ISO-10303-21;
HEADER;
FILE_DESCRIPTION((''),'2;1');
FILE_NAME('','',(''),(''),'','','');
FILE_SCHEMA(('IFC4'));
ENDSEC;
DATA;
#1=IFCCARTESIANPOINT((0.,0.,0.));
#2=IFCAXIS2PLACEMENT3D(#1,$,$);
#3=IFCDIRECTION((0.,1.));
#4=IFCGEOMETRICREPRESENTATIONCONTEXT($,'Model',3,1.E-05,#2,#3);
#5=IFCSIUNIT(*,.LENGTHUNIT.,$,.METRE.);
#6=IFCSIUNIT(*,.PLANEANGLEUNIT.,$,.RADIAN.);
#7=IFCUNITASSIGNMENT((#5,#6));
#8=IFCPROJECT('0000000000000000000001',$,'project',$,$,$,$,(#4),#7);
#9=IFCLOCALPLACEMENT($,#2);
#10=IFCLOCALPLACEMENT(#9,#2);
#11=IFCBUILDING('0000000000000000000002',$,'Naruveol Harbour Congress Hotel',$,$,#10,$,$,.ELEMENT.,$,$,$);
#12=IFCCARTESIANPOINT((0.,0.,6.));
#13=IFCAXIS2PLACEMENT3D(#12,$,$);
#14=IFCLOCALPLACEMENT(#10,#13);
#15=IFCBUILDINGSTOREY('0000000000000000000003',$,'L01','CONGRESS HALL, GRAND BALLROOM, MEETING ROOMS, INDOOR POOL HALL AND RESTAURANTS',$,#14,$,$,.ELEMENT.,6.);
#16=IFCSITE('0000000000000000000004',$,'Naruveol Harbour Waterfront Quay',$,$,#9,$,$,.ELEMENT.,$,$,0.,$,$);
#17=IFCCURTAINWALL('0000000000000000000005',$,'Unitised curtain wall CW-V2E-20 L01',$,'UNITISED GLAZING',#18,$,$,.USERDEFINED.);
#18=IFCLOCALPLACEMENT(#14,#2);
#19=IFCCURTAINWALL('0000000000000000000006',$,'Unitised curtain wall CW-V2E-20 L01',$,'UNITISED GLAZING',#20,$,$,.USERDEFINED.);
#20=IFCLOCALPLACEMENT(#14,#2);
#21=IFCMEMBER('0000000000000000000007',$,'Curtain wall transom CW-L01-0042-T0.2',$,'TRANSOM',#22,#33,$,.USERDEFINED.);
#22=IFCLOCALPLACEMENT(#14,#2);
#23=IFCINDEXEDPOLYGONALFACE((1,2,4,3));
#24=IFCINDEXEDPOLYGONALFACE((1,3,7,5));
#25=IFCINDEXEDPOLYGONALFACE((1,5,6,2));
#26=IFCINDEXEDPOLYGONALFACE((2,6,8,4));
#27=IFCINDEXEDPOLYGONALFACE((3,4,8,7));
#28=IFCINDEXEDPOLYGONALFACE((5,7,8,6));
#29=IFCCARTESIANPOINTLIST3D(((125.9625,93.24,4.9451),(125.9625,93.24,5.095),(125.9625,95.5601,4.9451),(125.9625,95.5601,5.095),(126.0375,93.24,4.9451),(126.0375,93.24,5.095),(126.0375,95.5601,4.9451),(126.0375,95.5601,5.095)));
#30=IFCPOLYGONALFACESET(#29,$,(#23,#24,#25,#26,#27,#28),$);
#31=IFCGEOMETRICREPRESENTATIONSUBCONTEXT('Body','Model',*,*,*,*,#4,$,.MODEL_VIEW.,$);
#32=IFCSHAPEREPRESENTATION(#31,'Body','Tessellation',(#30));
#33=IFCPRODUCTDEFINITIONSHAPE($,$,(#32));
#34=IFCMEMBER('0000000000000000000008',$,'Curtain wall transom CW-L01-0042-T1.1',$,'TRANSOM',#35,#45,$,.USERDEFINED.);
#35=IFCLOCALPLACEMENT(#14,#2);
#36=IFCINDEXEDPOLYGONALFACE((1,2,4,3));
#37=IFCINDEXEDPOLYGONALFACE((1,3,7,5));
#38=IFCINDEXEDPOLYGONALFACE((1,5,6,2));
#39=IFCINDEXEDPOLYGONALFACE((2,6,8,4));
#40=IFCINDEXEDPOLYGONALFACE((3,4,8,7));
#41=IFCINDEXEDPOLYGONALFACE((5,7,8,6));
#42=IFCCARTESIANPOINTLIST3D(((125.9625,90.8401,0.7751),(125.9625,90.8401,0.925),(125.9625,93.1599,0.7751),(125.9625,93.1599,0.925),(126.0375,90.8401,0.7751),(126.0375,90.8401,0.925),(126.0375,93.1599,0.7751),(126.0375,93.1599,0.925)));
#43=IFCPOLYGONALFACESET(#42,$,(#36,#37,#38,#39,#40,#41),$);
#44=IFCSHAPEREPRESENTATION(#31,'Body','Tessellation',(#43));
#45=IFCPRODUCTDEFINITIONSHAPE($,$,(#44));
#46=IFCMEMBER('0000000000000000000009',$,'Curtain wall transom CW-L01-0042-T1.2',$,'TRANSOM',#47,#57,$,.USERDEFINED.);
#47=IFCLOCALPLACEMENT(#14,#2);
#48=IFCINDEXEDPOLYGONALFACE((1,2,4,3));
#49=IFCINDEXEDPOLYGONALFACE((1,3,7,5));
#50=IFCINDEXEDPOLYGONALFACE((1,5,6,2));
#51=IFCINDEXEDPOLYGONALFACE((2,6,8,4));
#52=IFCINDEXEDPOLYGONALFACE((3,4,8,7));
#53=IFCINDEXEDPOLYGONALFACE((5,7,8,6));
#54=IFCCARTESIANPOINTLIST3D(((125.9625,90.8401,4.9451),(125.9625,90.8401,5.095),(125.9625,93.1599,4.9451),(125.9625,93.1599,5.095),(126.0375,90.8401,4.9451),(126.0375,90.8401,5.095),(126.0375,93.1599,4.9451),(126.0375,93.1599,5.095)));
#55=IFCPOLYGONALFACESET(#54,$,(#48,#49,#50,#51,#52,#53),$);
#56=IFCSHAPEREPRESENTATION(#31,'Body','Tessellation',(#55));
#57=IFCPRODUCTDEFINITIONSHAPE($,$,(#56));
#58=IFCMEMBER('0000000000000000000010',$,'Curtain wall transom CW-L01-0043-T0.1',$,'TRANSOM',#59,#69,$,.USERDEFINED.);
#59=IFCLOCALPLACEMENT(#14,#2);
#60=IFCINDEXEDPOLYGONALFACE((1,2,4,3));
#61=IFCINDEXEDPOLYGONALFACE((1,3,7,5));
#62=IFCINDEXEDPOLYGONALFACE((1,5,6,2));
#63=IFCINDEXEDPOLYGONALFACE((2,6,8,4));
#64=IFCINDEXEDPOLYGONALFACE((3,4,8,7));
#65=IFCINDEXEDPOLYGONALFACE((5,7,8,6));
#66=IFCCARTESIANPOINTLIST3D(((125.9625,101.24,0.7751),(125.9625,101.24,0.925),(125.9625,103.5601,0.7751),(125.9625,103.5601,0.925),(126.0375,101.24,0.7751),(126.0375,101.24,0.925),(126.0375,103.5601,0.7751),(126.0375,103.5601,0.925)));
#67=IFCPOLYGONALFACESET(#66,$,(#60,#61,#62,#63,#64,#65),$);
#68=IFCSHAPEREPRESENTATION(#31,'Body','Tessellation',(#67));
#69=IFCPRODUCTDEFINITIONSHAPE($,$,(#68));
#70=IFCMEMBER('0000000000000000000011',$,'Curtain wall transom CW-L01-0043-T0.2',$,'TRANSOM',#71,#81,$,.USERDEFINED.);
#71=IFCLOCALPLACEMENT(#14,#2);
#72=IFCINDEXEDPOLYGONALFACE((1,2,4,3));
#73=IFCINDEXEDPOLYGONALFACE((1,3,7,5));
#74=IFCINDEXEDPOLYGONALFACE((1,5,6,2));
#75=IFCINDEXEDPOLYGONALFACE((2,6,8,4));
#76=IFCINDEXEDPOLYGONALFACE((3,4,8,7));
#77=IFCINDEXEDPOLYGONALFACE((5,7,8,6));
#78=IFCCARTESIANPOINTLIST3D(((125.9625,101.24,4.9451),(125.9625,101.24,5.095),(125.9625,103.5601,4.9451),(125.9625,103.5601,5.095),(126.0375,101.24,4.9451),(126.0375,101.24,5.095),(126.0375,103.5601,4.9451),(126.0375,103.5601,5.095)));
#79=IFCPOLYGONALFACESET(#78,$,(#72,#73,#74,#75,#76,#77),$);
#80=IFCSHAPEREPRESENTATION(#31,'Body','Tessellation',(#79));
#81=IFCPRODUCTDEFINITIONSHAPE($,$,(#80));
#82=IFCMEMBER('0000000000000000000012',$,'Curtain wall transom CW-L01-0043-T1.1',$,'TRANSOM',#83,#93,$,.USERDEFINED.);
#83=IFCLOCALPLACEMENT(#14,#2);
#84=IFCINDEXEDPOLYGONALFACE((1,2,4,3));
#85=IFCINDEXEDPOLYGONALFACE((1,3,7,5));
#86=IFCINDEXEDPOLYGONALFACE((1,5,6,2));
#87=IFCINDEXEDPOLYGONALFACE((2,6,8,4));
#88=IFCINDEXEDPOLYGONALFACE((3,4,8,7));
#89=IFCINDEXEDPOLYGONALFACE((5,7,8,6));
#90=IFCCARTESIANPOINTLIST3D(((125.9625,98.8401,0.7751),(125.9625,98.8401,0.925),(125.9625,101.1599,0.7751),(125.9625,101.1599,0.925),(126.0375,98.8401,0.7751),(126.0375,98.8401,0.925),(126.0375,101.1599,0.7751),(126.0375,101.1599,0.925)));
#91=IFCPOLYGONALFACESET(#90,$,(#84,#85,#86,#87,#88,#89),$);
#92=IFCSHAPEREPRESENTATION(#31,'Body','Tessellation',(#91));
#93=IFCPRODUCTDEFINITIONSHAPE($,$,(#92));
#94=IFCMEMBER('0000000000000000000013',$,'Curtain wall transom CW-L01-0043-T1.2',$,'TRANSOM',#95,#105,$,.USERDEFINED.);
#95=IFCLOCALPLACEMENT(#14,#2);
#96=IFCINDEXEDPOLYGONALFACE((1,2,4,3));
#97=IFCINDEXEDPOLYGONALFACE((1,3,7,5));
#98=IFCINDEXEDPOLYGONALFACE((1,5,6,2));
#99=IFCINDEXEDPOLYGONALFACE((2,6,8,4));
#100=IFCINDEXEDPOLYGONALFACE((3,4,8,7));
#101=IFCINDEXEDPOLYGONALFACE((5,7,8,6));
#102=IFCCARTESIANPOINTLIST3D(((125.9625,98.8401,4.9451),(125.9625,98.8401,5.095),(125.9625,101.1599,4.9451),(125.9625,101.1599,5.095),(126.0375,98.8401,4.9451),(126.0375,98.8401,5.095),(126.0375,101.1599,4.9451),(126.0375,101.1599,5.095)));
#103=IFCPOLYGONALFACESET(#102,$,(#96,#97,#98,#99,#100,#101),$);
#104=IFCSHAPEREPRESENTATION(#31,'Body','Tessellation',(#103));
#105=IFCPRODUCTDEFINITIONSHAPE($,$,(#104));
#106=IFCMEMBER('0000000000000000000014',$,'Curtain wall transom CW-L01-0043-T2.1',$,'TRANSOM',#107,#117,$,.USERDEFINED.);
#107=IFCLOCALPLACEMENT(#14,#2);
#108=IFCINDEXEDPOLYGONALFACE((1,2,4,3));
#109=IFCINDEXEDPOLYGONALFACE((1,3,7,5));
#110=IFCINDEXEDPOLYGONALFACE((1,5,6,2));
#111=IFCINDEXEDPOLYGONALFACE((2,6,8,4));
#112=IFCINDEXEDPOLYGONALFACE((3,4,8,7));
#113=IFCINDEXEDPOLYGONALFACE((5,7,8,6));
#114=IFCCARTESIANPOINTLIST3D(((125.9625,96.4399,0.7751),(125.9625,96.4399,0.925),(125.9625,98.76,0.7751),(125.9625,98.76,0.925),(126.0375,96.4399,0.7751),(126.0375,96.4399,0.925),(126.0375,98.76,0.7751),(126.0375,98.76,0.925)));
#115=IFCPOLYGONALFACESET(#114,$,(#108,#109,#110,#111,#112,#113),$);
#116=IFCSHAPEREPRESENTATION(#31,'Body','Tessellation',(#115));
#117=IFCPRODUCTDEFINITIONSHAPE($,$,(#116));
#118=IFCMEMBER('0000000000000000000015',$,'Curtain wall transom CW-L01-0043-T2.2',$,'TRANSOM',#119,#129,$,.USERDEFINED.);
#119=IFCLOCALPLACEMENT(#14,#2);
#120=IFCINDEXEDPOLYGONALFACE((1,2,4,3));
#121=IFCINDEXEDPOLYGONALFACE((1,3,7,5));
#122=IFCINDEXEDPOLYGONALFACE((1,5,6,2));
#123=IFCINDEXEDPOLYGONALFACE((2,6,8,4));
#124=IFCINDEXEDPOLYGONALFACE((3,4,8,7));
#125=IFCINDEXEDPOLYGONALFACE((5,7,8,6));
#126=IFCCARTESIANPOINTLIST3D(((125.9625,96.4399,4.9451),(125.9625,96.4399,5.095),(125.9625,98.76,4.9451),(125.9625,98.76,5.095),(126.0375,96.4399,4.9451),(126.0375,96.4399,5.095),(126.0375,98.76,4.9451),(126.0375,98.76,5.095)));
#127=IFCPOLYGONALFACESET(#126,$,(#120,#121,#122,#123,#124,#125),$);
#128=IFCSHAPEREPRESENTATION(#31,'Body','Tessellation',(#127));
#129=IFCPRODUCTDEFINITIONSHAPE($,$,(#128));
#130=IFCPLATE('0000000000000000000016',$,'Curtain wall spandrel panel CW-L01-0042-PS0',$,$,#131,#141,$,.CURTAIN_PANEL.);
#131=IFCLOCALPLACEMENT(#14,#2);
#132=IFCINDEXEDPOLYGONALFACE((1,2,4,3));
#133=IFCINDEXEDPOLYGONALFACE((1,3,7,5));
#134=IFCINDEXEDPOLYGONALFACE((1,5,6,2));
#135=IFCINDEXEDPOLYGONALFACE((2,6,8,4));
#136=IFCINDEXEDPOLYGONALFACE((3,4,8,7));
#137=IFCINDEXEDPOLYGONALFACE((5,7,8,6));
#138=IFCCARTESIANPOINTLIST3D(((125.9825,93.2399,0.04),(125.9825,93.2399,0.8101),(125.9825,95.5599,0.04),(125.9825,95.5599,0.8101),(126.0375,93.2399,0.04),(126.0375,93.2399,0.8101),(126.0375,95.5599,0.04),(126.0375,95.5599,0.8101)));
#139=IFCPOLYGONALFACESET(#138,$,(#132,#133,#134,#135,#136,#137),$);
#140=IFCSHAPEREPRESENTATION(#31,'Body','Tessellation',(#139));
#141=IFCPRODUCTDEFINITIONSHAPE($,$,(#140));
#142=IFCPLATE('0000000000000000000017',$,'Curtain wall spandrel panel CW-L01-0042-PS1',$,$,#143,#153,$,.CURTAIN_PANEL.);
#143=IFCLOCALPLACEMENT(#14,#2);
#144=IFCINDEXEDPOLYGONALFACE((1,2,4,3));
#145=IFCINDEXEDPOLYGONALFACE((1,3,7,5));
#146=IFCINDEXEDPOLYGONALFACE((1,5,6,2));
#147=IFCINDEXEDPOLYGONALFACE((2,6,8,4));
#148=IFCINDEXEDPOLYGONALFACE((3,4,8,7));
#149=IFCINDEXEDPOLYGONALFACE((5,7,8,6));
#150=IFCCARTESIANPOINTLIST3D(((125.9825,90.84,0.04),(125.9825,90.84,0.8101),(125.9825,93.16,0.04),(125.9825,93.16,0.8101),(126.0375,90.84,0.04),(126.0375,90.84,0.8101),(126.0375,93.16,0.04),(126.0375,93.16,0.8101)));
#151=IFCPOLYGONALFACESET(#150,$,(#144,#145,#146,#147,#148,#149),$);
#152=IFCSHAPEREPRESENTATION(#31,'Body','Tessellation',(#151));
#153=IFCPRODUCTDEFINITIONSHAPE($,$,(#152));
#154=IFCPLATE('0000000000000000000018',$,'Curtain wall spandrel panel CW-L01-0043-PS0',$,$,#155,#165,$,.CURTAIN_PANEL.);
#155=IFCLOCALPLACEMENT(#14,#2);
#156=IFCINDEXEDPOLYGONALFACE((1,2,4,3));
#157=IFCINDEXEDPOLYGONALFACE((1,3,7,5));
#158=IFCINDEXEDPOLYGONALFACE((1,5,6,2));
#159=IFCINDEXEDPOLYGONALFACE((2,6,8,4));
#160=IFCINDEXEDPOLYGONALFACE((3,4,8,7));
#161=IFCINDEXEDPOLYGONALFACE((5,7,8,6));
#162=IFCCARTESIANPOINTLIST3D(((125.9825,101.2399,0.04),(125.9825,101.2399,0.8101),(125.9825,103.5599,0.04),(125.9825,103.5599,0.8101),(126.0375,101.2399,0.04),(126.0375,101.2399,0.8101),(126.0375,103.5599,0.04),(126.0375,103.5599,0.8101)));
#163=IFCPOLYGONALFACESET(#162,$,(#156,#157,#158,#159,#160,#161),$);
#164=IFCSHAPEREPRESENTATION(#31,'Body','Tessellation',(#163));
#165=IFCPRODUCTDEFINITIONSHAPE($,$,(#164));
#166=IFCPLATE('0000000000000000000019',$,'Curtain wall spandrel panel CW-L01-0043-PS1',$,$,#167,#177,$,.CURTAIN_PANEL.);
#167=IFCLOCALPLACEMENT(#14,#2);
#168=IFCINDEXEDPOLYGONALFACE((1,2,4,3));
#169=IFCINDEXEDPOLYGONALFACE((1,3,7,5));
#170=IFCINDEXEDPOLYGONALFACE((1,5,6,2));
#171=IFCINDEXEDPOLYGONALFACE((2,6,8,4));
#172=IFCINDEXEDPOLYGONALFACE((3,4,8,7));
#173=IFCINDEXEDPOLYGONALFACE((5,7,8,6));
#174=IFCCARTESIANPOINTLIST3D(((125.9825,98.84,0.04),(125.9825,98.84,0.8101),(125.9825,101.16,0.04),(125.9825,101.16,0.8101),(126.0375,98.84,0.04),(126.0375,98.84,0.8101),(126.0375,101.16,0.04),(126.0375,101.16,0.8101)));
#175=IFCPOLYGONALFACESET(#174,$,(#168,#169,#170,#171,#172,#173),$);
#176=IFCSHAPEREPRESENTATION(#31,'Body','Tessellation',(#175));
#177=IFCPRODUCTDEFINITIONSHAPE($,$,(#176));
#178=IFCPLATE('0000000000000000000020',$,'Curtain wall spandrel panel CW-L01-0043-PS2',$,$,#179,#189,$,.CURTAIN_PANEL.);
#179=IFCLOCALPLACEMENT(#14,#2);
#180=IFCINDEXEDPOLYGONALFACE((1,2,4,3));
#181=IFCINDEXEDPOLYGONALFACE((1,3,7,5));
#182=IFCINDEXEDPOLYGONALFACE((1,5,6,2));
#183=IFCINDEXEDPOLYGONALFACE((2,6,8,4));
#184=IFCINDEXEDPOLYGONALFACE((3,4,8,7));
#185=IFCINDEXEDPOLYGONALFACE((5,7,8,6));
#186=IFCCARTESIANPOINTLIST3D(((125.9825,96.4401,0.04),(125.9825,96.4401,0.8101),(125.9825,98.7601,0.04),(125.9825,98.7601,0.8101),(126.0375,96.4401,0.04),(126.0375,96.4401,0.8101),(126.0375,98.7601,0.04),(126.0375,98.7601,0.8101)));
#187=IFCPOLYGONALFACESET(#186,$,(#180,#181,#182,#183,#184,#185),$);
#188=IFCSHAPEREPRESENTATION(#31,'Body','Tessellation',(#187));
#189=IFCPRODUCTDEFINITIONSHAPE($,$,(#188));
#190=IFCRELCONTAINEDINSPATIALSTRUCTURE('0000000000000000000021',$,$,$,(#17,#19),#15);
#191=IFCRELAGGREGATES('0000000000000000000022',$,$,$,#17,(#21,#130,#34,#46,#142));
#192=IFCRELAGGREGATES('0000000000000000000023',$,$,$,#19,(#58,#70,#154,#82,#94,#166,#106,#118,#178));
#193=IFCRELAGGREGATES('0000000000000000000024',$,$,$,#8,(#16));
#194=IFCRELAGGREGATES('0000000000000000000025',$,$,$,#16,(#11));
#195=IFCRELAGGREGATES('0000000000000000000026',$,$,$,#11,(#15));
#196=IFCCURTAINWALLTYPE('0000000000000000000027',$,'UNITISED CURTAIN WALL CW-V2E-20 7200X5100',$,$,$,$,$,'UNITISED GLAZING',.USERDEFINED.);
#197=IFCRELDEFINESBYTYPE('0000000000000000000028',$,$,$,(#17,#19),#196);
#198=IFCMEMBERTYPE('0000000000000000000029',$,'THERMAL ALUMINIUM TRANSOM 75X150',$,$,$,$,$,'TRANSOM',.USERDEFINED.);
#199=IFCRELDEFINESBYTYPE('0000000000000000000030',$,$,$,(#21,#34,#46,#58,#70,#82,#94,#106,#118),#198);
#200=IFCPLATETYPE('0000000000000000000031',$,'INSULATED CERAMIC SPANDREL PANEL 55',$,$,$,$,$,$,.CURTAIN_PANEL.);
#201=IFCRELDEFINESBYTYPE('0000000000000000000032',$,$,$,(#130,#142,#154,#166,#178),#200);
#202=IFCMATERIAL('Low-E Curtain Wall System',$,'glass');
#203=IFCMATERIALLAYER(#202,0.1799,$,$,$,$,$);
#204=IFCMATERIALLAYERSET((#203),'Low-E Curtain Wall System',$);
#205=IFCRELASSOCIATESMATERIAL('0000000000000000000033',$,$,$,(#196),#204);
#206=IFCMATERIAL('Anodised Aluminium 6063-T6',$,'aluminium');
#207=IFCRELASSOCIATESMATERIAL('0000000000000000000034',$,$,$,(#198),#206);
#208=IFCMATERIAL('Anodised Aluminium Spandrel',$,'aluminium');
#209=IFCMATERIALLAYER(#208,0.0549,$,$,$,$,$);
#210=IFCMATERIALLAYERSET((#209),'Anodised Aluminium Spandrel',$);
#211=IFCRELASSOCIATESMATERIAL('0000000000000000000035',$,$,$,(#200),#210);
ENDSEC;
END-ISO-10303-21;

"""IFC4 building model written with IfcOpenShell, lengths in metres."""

from ifc_helpers import new_model, si_unit, direction, frame, origin, origin_2d, place, context, subcontext, project, spatial, rectangle, extrude, material, layer, layer_set, material_profile, profile_set, type_object, element, aggregate, save


model = new_model("IFC4")

# Units and contexts
model_context = context("Model", 3, precision=1e-05, world=origin(), true_north=direction((0.0, 1.0)))
body_context = subcontext(model_context, "Body", "Model", "MODEL_VIEW")
ifc_project = project(units=[si_unit("LENGTHUNIT", "METRE"), si_unit("PLANEANGLEUNIT", "RADIAN")], contexts=[model_context])

# Site, building, storey
site_placement = place(None, origin())
site = spatial("IfcSite", under=ifc_project, at=site_placement, Name="Naruveol Harbour Waterfront Quay", CompositionType="ELEMENT", RefElevation=0.0)
building_placement = place(site_placement, origin())
building = spatial("IfcBuilding", under=site, at=building_placement, Name="Naruveol Harbour Congress Hotel", CompositionType="ELEMENT")
storey_placement = place(building_placement, frame((0.0, 0.0, 6.0)))
storey = spatial("IfcBuildingStorey", under=building, at=storey_placement, Name="L01", Description="CONGRESS HALL, GRAND BALLROOM, MEETING ROOMS, INDOOR POOL HALL AND RESTAURANTS", CompositionType="ELEMENT", Elevation=6.0)

# Curtain walls
ifc_material_1 = material(Name="Low-E Curtain Wall System", Category="glass")
ifc_layer_1 = layer(ifc_material_1, 0.1799)
ifc_layer_set_1 = layer_set([ifc_layer_1], Name="Low-E Curtain Wall System")
curtain_wall_type = type_object("IfcCurtainWallType", Name="UNITISED CURTAIN WALL CW-V2E-20 7200X5100", ElementType="UNITISED GLAZING", PredefinedType="USERDEFINED", material=ifc_layer_set_1)
curtain_wall_1_placement = place(storey_placement, origin())
curtain_wall_1 = element("IfcCurtainWall", 1, at=curtain_wall_1_placement, inside=storey, type_object=curtain_wall_type, Name="Unitised curtain wall CW-V2E-20 L01", ObjectType="UNITISED GLAZING", PredefinedType="USERDEFINED")
curtain_wall_2_placement = place(storey_placement, origin())
curtain_wall_2 = element("IfcCurtainWall", 2, at=curtain_wall_2_placement, inside=storey, type_object=curtain_wall_type, Name="Unitised curtain wall CW-V2E-20 L01", ObjectType="UNITISED GLAZING", PredefinedType="USERDEFINED")

# Members
ifc_material_2 = material(Name="Anodised Aluminium 6063-T6", Category="aluminium")
ifc_material_profile_1 = material_profile(ifc_material_2, rectangle(XDim=0.075, YDim=0.1499, at=origin_2d()), Name="ALU-75x150")
ifc_profile_set_1 = profile_set([ifc_material_profile_1], Name="Anodised Aluminium 6063-T6")
member_type_1 = type_object("IfcMemberType", Name="THERMAL ALUMINIUM TRANSOM 75X150", ElementType="TRANSOM", PredefinedType="USERDEFINED", material=ifc_profile_set_1)
member_1_placement = place(storey_placement, frame((126.0, 95.5601, 5.02), z_axis=(0.0, -1.0, 0.0), x_axis=(1.0, 0.0, 0.0)))
member_1 = element("IfcMember", 3, at=member_1_placement, type_object=member_type_1, Name="Curtain wall transom CW-L01-0042-T0.2", ObjectType="TRANSOM", PredefinedType="USERDEFINED", context=body_context, shape_type="SweptSolid", body=[
    extrude(rectangle(XDim=0.075, YDim=0.1499, at=origin_2d()), origin(), (0.0, 0.0, 1.0), 2.3201),
])
member_2_placement = place(storey_placement, frame((126.0, 93.1599, 0.8501), z_axis=(0.0, -1.0, 0.0), x_axis=(1.0, 0.0, 0.0)))
member_2 = element("IfcMember", 4, at=member_2_placement, type_object=member_type_1, Name="Curtain wall transom CW-L01-0042-T1.1", ObjectType="TRANSOM", PredefinedType="USERDEFINED", context=body_context, shape_type="SweptSolid", body=[
    extrude(rectangle(XDim=0.075, YDim=0.1499, at=origin_2d()), origin(), (0.0, 0.0, 1.0), 2.3198),
])
member_3_placement = place(storey_placement, frame((126.0, 93.1599, 5.02), z_axis=(0.0, -1.0, 0.0), x_axis=(1.0, 0.0, 0.0)))
member_3 = element("IfcMember", 5, at=member_3_placement, type_object=member_type_1, Name="Curtain wall transom CW-L01-0042-T1.2", ObjectType="TRANSOM", PredefinedType="USERDEFINED", context=body_context, shape_type="SweptSolid", body=[
    extrude(rectangle(XDim=0.075, YDim=0.1499, at=origin_2d()), origin(), (0.0, 0.0, 1.0), 2.3198),
])
member_4_placement = place(storey_placement, frame((126.0, 103.5601, 0.8501), z_axis=(0.0, -1.0, 0.0), x_axis=(1.0, 0.0, 0.0)))
member_4 = element("IfcMember", 6, at=member_4_placement, type_object=member_type_1, Name="Curtain wall transom CW-L01-0043-T0.1", ObjectType="TRANSOM", PredefinedType="USERDEFINED", context=body_context, shape_type="SweptSolid", body=[
    extrude(rectangle(XDim=0.075, YDim=0.1499, at=origin_2d()), origin(), (0.0, 0.0, 1.0), 2.3201),
])
member_5_placement = place(storey_placement, frame((126.0, 103.5601, 5.02), z_axis=(0.0, -1.0, 0.0), x_axis=(1.0, 0.0, 0.0)))
member_5 = element("IfcMember", 7, at=member_5_placement, type_object=member_type_1, Name="Curtain wall transom CW-L01-0043-T0.2", ObjectType="TRANSOM", PredefinedType="USERDEFINED", context=body_context, shape_type="SweptSolid", body=[
    extrude(rectangle(XDim=0.075, YDim=0.1499, at=origin_2d()), origin(), (0.0, 0.0, 1.0), 2.3201),
])
member_6_placement = place(storey_placement, frame((126.0, 101.1599, 0.8501), z_axis=(0.0, -1.0, 0.0), x_axis=(1.0, 0.0, 0.0)))
member_6 = element("IfcMember", 8, at=member_6_placement, type_object=member_type_1, Name="Curtain wall transom CW-L01-0043-T1.1", ObjectType="TRANSOM", PredefinedType="USERDEFINED", context=body_context, shape_type="SweptSolid", body=[
    extrude(rectangle(XDim=0.075, YDim=0.1499, at=origin_2d()), origin(), (0.0, 0.0, 1.0), 2.3198),
])
member_7_placement = place(storey_placement, frame((126.0, 101.1599, 5.02), z_axis=(0.0, -1.0, 0.0), x_axis=(1.0, 0.0, 0.0)))
member_7 = element("IfcMember", 9, at=member_7_placement, type_object=member_type_1, Name="Curtain wall transom CW-L01-0043-T1.2", ObjectType="TRANSOM", PredefinedType="USERDEFINED", context=body_context, shape_type="SweptSolid", body=[
    extrude(rectangle(XDim=0.075, YDim=0.1499, at=origin_2d()), origin(), (0.0, 0.0, 1.0), 2.3198),
])
member_8_placement = place(storey_placement, frame((126.0, 98.76, 0.8501), z_axis=(0.0, -1.0, 0.0), x_axis=(1.0, 0.0, 0.0)))
member_8 = element("IfcMember", 10, at=member_8_placement, type_object=member_type_1, Name="Curtain wall transom CW-L01-0043-T2.1", ObjectType="TRANSOM", PredefinedType="USERDEFINED", context=body_context, shape_type="SweptSolid", body=[
    extrude(rectangle(XDim=0.075, YDim=0.1499, at=origin_2d()), origin(), (0.0, 0.0, 1.0), 2.3201),
])
member_9_placement = place(storey_placement, frame((126.0, 98.76, 5.02), z_axis=(0.0, -1.0, 0.0), x_axis=(1.0, 0.0, 0.0)))
member_9 = element("IfcMember", 11, at=member_9_placement, type_object=member_type_1, Name="Curtain wall transom CW-L01-0043-T2.2", ObjectType="TRANSOM", PredefinedType="USERDEFINED", context=body_context, shape_type="SweptSolid", body=[
    extrude(rectangle(XDim=0.075, YDim=0.1499, at=origin_2d()), origin(), (0.0, 0.0, 1.0), 2.3201),
])

# Plates
ifc_material_3 = material(Name="Anodised Aluminium Spandrel", Category="aluminium")
ifc_layer_2 = layer(ifc_material_3, 0.0549)
ifc_layer_set_2 = layer_set([ifc_layer_2], Name="Anodised Aluminium Spandrel")
plate_type_1 = type_object("IfcPlateType", Name="INSULATED CERAMIC SPANDREL PANEL 55", PredefinedType="CURTAIN_PANEL", material=ifc_layer_set_2)
plate_1_placement = place(storey_placement, frame((126.01, 94.3999, 0.04), z_axis=(0.0, 0.0, 1.0), x_axis=(0.0, -1.0, 0.0)))
plate_1 = element("IfcPlate", 12, at=plate_1_placement, type_object=plate_type_1, Name="Curtain wall spandrel panel CW-L01-0042-PS0", PredefinedType="CURTAIN_PANEL", context=body_context, shape_type="SweptSolid", body=[
    extrude(rectangle(XDim=2.3201, YDim=0.0549, at=origin_2d()), origin(), (0.0, 0.0, 1.0), 0.77),
])
plate_2_placement = place(storey_placement, frame((126.01, 92.0, 0.04), z_axis=(0.0, 0.0, 1.0), x_axis=(0.0, -1.0, 0.0)))
plate_2 = element("IfcPlate", 13, at=plate_2_placement, type_object=plate_type_1, Name="Curtain wall spandrel panel CW-L01-0042-PS1", PredefinedType="CURTAIN_PANEL", context=body_context, shape_type="SweptSolid", body=[
    extrude(rectangle(XDim=2.3201, YDim=0.0549, at=origin_2d()), origin(), (0.0, 0.0, 1.0), 0.77),
])
plate_3_placement = place(storey_placement, frame((126.01, 102.3999, 0.04), z_axis=(0.0, 0.0, 1.0), x_axis=(0.0, -1.0, 0.0)))
plate_3 = element("IfcPlate", 14, at=plate_3_placement, type_object=plate_type_1, Name="Curtain wall spandrel panel CW-L01-0043-PS0", PredefinedType="CURTAIN_PANEL", context=body_context, shape_type="SweptSolid", body=[
    extrude(rectangle(XDim=2.3201, YDim=0.0549, at=origin_2d()), origin(), (0.0, 0.0, 1.0), 0.77),
])
plate_4_placement = place(storey_placement, frame((126.01, 100.0, 0.04), z_axis=(0.0, 0.0, 1.0), x_axis=(0.0, -1.0, 0.0)))
plate_4 = element("IfcPlate", 15, at=plate_4_placement, type_object=plate_type_1, Name="Curtain wall spandrel panel CW-L01-0043-PS1", PredefinedType="CURTAIN_PANEL", context=body_context, shape_type="SweptSolid", body=[
    extrude(rectangle(XDim=2.3201, YDim=0.0549, at=origin_2d()), origin(), (0.0, 0.0, 1.0), 0.77),
])
plate_5_placement = place(storey_placement, frame((126.01, 97.6001, 0.04), z_axis=(0.0, 0.0, 1.0), x_axis=(0.0, -1.0, 0.0)))
plate_5 = element("IfcPlate", 16, at=plate_5_placement, type_object=plate_type_1, Name="Curtain wall spandrel panel CW-L01-0043-PS2", PredefinedType="CURTAIN_PANEL", context=body_context, shape_type="SweptSolid", body=[
    extrude(rectangle(XDim=2.3201, YDim=0.0549, at=origin_2d()), origin(), (0.0, 0.0, 1.0), 0.77),
])
aggregate(curtain_wall_1, [member_1, plate_1, member_2, member_3, plate_2])
aggregate(curtain_wall_2, [member_4, member_5, plate_3, member_6, member_7, plate_4, member_8, member_9, plate_5])

save(model, "model.ifc")
